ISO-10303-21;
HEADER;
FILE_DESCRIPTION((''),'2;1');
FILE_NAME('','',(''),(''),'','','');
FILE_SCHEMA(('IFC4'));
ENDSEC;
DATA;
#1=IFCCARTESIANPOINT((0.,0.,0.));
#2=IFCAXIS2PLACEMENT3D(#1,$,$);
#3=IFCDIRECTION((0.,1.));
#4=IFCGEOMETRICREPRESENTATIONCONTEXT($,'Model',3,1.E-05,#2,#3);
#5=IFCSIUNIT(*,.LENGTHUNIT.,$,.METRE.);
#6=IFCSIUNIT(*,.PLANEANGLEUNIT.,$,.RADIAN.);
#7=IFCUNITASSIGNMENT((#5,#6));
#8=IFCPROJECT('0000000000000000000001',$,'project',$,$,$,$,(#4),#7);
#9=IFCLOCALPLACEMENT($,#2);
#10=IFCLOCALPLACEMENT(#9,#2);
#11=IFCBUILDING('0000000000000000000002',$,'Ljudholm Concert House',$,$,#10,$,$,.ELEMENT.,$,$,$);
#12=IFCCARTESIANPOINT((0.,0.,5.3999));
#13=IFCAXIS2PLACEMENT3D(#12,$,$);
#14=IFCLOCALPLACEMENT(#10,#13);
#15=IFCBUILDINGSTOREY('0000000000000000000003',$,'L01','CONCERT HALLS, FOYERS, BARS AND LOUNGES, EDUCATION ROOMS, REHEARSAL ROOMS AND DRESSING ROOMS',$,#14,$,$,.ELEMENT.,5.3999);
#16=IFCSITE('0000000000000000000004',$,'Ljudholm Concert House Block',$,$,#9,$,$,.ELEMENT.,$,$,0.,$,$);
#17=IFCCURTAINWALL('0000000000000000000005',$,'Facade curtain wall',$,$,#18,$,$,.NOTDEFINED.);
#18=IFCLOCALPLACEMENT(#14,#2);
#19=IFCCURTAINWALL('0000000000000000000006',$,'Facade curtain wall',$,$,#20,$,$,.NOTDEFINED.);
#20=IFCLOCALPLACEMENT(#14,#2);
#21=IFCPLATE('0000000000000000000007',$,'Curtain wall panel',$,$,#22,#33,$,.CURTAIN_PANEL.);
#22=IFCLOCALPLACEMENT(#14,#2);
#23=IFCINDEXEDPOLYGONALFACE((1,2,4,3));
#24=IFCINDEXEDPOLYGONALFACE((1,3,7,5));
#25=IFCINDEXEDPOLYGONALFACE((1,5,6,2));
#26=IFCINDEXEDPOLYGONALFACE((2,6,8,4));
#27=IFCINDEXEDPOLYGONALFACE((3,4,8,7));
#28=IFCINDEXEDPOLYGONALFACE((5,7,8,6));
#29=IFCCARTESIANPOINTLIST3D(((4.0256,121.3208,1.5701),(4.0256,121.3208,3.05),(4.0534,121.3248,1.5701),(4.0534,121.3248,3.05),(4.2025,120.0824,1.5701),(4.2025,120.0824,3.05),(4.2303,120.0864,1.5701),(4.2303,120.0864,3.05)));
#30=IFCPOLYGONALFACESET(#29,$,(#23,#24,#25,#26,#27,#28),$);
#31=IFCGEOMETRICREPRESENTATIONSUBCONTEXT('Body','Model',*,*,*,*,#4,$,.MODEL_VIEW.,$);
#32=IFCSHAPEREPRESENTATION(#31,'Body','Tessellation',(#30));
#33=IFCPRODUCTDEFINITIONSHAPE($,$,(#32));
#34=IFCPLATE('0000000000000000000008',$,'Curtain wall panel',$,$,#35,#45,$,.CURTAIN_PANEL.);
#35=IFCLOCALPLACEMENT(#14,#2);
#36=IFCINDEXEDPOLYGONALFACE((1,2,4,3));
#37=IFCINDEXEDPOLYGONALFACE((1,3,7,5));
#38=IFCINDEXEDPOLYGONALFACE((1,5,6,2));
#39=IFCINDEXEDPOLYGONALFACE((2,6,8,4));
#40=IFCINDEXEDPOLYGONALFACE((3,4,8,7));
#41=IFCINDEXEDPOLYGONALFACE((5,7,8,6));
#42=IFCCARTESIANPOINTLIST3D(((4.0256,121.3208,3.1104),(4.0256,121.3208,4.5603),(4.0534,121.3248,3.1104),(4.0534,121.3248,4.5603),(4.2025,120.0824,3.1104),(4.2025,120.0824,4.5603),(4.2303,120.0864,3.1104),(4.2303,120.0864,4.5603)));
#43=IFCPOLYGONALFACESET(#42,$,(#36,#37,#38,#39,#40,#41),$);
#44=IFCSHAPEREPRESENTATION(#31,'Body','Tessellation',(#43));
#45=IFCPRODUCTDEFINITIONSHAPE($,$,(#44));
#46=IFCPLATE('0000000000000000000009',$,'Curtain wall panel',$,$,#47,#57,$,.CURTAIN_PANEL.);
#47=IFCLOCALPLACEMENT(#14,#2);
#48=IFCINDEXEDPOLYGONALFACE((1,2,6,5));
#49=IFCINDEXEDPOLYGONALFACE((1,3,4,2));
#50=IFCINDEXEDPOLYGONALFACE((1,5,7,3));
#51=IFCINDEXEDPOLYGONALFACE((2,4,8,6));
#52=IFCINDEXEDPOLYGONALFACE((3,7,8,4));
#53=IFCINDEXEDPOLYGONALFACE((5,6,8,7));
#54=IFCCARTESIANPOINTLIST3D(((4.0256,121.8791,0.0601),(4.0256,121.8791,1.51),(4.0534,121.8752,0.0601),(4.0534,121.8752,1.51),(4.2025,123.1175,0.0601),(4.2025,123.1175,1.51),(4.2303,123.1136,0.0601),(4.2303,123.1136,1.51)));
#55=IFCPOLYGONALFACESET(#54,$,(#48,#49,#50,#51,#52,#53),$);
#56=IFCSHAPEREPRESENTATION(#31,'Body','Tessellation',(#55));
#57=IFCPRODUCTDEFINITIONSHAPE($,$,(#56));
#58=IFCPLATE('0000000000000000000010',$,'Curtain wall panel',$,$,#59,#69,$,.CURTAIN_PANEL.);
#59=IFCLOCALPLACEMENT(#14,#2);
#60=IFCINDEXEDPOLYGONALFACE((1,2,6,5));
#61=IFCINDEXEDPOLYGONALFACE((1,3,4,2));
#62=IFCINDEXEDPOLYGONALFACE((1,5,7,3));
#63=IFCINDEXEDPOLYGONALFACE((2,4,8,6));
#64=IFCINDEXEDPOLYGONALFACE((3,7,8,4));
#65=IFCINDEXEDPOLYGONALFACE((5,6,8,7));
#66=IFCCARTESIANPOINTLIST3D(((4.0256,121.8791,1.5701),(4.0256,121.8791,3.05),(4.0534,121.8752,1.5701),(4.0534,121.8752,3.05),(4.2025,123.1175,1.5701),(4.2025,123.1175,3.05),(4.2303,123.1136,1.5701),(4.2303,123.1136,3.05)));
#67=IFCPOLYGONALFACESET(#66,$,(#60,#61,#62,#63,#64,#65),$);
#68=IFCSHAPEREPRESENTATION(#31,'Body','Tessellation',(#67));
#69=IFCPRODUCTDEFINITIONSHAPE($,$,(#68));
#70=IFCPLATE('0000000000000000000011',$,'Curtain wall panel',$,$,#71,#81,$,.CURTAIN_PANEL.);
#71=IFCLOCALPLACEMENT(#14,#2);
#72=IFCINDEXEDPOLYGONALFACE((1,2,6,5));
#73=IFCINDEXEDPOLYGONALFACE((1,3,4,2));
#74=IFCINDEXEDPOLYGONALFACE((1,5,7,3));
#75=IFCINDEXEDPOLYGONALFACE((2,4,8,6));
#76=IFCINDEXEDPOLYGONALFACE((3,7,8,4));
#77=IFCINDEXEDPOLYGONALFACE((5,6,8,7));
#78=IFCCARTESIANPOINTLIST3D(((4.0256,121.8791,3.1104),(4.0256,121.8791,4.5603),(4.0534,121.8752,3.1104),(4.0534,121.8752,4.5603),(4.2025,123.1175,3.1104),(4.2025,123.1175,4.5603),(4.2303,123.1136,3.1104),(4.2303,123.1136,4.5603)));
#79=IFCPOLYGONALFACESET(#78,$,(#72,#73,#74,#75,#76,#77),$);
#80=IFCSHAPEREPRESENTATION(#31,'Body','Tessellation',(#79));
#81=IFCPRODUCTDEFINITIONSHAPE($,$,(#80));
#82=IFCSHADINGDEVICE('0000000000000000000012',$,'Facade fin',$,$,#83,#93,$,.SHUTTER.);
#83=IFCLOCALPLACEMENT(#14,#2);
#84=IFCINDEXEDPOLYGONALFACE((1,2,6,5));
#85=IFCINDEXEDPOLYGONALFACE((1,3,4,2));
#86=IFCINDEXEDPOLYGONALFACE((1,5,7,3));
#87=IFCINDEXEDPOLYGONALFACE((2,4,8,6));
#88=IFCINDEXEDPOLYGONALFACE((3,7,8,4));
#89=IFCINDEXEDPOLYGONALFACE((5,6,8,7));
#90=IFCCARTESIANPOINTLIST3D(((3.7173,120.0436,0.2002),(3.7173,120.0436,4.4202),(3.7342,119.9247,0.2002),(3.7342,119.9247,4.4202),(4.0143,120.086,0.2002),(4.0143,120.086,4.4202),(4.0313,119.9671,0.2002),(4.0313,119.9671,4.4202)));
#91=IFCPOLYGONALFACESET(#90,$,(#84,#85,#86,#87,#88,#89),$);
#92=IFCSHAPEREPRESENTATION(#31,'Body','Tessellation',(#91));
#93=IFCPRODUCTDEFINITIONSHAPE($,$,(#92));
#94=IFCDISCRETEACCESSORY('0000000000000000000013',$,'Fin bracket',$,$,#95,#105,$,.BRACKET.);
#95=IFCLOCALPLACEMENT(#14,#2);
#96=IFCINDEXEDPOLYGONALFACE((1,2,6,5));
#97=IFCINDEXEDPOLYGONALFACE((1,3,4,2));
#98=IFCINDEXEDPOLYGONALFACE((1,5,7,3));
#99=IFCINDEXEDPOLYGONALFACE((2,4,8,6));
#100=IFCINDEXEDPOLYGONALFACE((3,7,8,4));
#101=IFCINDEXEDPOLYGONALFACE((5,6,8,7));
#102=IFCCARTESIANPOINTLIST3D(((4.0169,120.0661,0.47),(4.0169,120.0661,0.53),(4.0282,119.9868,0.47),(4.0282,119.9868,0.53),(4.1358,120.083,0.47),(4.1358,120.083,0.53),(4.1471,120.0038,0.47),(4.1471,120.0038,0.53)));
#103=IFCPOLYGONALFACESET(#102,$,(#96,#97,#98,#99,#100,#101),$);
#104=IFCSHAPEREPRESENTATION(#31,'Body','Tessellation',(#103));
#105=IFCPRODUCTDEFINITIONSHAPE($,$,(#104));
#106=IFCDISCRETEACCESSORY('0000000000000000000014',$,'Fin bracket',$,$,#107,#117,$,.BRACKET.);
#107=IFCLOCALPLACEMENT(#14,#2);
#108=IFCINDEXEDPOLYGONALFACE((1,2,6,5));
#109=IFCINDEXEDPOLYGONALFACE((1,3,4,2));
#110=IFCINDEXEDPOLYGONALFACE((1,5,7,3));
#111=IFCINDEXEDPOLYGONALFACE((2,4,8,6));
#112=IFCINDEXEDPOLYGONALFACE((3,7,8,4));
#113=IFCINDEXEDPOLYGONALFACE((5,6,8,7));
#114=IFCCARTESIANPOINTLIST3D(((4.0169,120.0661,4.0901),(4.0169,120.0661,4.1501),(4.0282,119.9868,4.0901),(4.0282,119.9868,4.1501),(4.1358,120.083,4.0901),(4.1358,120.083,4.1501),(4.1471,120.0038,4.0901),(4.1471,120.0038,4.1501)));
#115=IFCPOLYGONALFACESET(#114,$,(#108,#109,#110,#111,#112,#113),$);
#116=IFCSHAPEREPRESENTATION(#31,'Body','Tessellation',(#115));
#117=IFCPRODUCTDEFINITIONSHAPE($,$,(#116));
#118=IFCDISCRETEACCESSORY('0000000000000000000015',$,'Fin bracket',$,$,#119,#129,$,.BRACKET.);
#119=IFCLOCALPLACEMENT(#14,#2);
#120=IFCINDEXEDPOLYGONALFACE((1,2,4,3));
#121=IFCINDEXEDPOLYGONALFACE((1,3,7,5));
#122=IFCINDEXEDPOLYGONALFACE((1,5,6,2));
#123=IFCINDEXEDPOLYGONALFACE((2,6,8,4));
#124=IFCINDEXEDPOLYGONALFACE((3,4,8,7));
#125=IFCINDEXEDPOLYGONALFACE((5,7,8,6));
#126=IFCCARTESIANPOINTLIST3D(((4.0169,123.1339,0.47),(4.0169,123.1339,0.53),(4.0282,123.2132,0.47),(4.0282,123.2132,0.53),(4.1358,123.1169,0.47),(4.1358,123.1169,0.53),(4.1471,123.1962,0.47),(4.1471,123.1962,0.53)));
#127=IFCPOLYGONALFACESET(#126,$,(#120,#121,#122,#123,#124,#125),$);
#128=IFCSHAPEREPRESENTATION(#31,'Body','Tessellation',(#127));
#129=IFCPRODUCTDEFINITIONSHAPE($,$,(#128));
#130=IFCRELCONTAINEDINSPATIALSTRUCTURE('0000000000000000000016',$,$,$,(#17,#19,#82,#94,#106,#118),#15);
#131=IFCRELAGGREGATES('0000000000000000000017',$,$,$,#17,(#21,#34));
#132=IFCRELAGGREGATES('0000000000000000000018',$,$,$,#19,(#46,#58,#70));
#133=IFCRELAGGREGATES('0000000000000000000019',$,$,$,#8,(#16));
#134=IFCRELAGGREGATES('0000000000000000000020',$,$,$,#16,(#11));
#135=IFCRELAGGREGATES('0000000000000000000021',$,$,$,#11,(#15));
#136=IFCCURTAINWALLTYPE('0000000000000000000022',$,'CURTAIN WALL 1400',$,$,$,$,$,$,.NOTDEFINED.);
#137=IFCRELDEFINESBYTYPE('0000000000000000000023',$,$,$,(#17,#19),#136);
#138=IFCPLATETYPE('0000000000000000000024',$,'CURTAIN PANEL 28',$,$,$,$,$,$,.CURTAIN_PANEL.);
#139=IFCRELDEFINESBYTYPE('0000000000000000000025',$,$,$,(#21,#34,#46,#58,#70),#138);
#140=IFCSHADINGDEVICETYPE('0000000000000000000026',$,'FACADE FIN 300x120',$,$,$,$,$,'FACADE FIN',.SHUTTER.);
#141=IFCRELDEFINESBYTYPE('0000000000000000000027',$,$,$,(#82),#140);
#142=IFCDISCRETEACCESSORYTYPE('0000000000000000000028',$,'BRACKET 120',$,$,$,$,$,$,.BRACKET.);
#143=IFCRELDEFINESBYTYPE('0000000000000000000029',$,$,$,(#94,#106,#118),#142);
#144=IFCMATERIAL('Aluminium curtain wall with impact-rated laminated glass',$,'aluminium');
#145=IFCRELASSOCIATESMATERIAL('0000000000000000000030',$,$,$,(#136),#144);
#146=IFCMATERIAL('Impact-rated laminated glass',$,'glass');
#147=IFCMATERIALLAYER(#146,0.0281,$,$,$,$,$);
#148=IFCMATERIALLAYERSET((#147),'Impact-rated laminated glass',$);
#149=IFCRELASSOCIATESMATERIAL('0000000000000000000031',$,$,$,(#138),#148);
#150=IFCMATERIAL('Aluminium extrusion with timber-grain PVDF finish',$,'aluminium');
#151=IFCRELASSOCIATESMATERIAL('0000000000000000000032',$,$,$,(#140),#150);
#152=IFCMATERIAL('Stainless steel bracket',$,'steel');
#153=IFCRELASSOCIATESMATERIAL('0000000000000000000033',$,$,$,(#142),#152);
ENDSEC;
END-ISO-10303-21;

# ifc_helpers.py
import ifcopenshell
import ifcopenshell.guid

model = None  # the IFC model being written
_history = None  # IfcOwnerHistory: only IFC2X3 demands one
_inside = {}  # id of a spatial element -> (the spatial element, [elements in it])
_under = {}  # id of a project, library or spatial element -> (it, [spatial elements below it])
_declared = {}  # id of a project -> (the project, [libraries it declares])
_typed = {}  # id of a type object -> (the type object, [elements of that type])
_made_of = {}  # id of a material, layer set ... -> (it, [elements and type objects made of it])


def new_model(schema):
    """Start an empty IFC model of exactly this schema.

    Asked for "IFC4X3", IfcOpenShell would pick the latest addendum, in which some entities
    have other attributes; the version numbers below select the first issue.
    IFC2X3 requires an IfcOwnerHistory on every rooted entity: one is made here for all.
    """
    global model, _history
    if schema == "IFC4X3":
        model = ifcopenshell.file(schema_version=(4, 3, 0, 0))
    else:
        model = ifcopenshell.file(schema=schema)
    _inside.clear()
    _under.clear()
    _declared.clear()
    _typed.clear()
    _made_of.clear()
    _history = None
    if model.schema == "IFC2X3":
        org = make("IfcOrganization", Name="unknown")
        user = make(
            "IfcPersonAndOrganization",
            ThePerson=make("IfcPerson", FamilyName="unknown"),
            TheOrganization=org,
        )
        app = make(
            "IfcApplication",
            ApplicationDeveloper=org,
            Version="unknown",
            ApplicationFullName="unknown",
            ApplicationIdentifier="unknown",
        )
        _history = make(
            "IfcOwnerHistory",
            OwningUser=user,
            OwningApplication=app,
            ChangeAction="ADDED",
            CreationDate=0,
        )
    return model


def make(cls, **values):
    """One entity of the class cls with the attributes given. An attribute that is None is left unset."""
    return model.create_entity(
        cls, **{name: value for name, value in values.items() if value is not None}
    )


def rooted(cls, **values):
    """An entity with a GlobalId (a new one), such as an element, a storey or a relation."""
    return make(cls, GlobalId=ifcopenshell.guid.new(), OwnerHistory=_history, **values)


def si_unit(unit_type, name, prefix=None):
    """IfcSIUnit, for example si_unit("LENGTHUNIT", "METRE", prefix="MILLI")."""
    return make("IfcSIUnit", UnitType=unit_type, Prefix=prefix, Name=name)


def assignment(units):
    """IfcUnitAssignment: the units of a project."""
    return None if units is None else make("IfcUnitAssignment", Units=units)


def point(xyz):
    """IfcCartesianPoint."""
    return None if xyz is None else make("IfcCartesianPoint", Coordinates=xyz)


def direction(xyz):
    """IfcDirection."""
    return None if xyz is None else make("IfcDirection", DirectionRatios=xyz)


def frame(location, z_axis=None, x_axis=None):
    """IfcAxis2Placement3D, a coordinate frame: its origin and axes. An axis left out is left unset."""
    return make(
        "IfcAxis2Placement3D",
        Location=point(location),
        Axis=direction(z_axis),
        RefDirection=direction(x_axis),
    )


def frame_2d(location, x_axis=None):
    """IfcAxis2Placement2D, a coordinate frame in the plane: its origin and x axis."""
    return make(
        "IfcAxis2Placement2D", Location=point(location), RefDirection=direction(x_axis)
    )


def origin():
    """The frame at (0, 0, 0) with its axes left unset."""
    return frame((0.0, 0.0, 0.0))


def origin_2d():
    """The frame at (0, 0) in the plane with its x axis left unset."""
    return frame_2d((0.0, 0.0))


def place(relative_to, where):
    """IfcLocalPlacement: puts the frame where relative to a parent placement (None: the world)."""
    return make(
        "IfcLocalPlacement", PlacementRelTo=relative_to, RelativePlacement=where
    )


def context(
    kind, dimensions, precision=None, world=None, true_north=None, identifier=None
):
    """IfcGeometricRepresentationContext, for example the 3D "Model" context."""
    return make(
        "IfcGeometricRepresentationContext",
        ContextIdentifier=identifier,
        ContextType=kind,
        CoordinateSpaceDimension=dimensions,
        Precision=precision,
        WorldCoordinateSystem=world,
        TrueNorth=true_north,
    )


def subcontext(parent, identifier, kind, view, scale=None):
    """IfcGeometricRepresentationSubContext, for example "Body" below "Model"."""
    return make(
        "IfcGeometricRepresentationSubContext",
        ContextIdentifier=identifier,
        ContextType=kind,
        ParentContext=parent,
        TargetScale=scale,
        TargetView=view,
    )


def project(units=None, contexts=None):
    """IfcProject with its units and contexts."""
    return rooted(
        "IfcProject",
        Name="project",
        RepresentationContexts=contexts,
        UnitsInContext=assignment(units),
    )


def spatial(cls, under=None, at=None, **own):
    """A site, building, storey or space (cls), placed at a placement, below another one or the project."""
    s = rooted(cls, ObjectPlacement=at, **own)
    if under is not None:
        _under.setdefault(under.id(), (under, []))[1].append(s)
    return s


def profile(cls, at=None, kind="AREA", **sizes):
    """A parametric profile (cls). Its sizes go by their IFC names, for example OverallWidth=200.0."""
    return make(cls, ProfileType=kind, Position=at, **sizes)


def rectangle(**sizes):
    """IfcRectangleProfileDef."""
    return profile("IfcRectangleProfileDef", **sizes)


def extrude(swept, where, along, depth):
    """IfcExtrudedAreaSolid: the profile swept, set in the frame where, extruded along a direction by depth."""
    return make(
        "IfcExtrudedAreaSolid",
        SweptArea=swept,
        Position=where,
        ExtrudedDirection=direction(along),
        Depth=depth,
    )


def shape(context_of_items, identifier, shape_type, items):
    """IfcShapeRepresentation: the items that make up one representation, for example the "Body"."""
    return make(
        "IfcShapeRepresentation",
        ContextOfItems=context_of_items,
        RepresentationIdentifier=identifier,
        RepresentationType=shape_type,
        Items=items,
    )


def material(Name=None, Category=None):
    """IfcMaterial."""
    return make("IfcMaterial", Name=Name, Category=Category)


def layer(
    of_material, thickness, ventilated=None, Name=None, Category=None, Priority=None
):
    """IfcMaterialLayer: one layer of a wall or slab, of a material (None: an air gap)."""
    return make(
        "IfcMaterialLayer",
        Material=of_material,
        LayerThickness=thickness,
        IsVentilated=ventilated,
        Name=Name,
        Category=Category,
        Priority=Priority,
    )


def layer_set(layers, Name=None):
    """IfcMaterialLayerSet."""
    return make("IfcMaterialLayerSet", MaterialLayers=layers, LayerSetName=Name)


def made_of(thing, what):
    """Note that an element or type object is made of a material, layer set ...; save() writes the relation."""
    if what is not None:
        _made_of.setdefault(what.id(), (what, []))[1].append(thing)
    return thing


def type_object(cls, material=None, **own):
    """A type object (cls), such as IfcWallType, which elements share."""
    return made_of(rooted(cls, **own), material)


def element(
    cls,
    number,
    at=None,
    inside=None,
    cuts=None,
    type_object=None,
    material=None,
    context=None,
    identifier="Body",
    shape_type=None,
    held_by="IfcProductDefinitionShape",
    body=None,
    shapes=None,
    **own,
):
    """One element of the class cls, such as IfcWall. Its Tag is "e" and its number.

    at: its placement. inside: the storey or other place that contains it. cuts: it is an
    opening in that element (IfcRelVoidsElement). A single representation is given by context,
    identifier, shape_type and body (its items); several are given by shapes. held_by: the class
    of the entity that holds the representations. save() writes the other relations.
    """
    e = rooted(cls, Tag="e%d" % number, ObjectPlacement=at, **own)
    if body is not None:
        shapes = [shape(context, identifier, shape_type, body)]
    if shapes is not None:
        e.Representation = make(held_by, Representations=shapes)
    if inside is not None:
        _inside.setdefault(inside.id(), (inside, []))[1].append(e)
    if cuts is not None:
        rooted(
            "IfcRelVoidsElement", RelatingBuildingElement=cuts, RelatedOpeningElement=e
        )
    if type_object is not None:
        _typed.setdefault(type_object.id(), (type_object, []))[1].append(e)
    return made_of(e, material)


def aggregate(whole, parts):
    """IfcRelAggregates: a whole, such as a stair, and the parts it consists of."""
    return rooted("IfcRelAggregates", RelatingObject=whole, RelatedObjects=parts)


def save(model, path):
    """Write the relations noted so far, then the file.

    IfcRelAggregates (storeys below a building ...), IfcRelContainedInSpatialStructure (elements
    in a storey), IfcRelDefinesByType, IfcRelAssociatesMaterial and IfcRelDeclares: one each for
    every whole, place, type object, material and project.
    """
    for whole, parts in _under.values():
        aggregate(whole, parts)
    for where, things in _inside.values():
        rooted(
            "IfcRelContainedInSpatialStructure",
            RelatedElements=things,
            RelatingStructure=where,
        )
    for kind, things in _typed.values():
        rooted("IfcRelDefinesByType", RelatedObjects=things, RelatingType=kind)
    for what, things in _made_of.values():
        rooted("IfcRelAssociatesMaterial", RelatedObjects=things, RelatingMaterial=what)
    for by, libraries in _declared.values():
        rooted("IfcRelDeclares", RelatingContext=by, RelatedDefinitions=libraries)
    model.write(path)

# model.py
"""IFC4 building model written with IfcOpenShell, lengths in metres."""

from ifc_helpers import new_model, si_unit, direction, frame, origin, origin_2d, place, context, subcontext, project, spatial, rectangle, extrude, material, layer, layer_set, type_object, element, aggregate, save


model = new_model("IFC4")

# Units and contexts
model_context = context("Model", 3, precision=1e-05, world=origin(), true_north=direction((0.0, 1.0)))
body_context = subcontext(model_context, "Body", "Model", "MODEL_VIEW")
ifc_project = project(units=[si_unit("LENGTHUNIT", "METRE"), si_unit("PLANEANGLEUNIT", "RADIAN")], contexts=[model_context])

# Site, building, storey
site_placement = place(None, origin())
site = spatial("IfcSite", under=ifc_project, at=site_placement, Name="Ljudholm Concert House Block", CompositionType="ELEMENT", RefElevation=0.0)
building_placement = place(site_placement, origin())
building = spatial("IfcBuilding", under=site, at=building_placement, Name="Ljudholm Concert House", CompositionType="ELEMENT")
storey_placement = place(building_placement, frame((0.0, 0.0, 5.3999)))
storey = spatial("IfcBuildingStorey", under=building, at=storey_placement, Name="L01", Description="CONCERT HALLS, FOYERS, BARS AND LOUNGES, EDUCATION ROOMS, REHEARSAL ROOMS AND DRESSING ROOMS", CompositionType="ELEMENT", Elevation=5.3999)

# Curtain walls
ifc_material_1 = material(Name="Aluminium curtain wall with impact-rated laminated glass", Category="aluminium")
curtain_wall_type = type_object("IfcCurtainWallType", Name="CURTAIN WALL 1400", PredefinedType="NOTDEFINED", material=ifc_material_1)
curtain_wall_1_placement = place(storey_placement, origin())
curtain_wall_1 = element("IfcCurtainWall", 1, at=curtain_wall_1_placement, inside=storey, type_object=curtain_wall_type, Name="Facade curtain wall", PredefinedType="NOTDEFINED")
curtain_wall_2_placement = place(storey_placement, origin())
curtain_wall_2 = element("IfcCurtainWall", 2, at=curtain_wall_2_placement, inside=storey, type_object=curtain_wall_type, Name="Facade curtain wall", PredefinedType="NOTDEFINED")

# Plates
ifc_material_2 = material(Name="Impact-rated laminated glass", Category="glass")
ifc_layer = layer(ifc_material_2, 0.0281)
ifc_layer_set = layer_set([ifc_layer], Name="Impact-rated laminated glass")
plate_type = type_object("IfcPlateType", Name="CURTAIN PANEL 28", PredefinedType="CURTAIN_PANEL", material=ifc_layer_set)
plate_1_placement = place(storey_placement, frame((4.1279, 120.7036, 1.5701), z_axis=(0.0, 0.0, 1.0), x_axis=(-0.141421, 0.989949, 0.0)))
plate_1 = element("IfcPlate", 3, at=plate_1_placement, type_object=plate_type, Name="Curtain wall panel", PredefinedType="CURTAIN_PANEL", context=body_context, shape_type="SweptSolid", body=[
    extrude(rectangle(XDim=1.251, YDim=0.0281, at=origin_2d()), origin(), (0.0, 0.0, 1.0), 1.48),
])
plate_2_placement = place(storey_placement, frame((4.1279, 120.7036, 3.1104), z_axis=(0.0, 0.0, 1.0), x_axis=(-0.141421, 0.989949, 0.0)))
plate_2 = element("IfcPlate", 4, at=plate_2_placement, type_object=plate_type, Name="Curtain wall panel", PredefinedType="CURTAIN_PANEL", context=body_context, shape_type="SweptSolid", body=[
    extrude(rectangle(XDim=1.251, YDim=0.0281, at=origin_2d()), origin(), (0.0, 0.0, 1.0), 1.45),
])
aggregate(curtain_wall_1, [plate_1, plate_2])
plate_3_placement = place(storey_placement, frame((4.1279, 122.4963, 0.0601), z_axis=(0.0, 0.0, 1.0), x_axis=(0.141421, 0.989949, 0.0)))
plate_3 = element("IfcPlate", 5, at=plate_3_placement, type_object=plate_type, Name="Curtain wall panel", PredefinedType="CURTAIN_PANEL", context=body_context, shape_type="SweptSolid", body=[
    extrude(rectangle(XDim=1.251, YDim=0.0281, at=origin_2d()), origin(), (0.0, 0.0, 1.0), 1.45),
])
plate_4_placement = place(storey_placement, frame((4.1279, 122.4963, 1.5701), z_axis=(0.0, 0.0, 1.0), x_axis=(0.141421, 0.989949, 0.0)))
plate_4 = element("IfcPlate", 6, at=plate_4_placement, type_object=plate_type, Name="Curtain wall panel", PredefinedType="CURTAIN_PANEL", context=body_context, shape_type="SweptSolid", body=[
    extrude(rectangle(XDim=1.251, YDim=0.0281, at=origin_2d()), origin(), (0.0, 0.0, 1.0), 1.48),
])
plate_5_placement = place(storey_placement, frame((4.1279, 122.4963, 3.1104), z_axis=(0.0, 0.0, 1.0), x_axis=(0.141421, 0.989949, 0.0)))
plate_5 = element("IfcPlate", 7, at=plate_5_placement, type_object=plate_type, Name="Curtain wall panel", PredefinedType="CURTAIN_PANEL", context=body_context, shape_type="SweptSolid", body=[
    extrude(rectangle(XDim=1.251, YDim=0.0281, at=origin_2d()), origin(), (0.0, 0.0, 1.0), 1.45),
])
aggregate(curtain_wall_2, [plate_3, plate_4, plate_5])

# Shading device
ifc_material_3 = material(Name="Aluminium extrusion with timber-grain PVDF finish", Category="aluminium")
shading_device_type = type_object("IfcShadingDeviceType", Name="FACADE FIN 300x120", ElementType="FACADE FIN", PredefinedType="SHUTTER", material=ifc_material_3)
shading_device_placement = place(storey_placement, frame((3.8743, 120.0054, 0.2002), z_axis=(0.0, 0.0, 1.0), x_axis=(-0.989949, -0.141421, 0.0)))
element("IfcShadingDevice", 8, at=shading_device_placement, inside=storey, type_object=shading_device_type, Name="Facade fin", PredefinedType="SHUTTER", context=body_context, shape_type="SweptSolid", body=[
    extrude(rectangle(XDim=0.3, YDim=0.1201, at=origin_2d()), origin(), (0.0, 0.0, 1.0), 4.22),
])

# Discrete accessories
ifc_material_4 = material(Name="Stainless steel bracket", Category="steel")
discrete_accessory_type = type_object("IfcDiscreteAccessoryType", Name="BRACKET 120", PredefinedType="BRACKET", material=ifc_material_4)
for number, where, z_axis, x_axis, name in (
    (9, (4.082, 120.0349, 0.47), (0.0, 0.0, 1.0), (-0.989949, -0.141421, 0.0), "Fin bracket"),
    (10, (4.082, 120.0349, 4.0901), (0.0, 0.0, 1.0), (-0.989949, -0.141421, 0.0), "Fin bracket"),
    (11, (4.082, 123.165, 0.47), (0.0, 0.0, 1.0), (-0.989949, 0.141421, 0.0), "Fin bracket"),
):
    element("IfcDiscreteAccessory", number, at=place(storey_placement, frame(where, z_axis=z_axis, x_axis=x_axis)), inside=storey, type_object=discrete_accessory_type, Name=name, PredefinedType="BRACKET", context=body_context, shape_type="SweptSolid", body=[
        extrude(rectangle(XDim=0.1201, YDim=0.0801, at=origin_2d()), origin(), (0.0, 0.0, 1.0), 0.0601),
    ])

save(model, "model.ifc")
